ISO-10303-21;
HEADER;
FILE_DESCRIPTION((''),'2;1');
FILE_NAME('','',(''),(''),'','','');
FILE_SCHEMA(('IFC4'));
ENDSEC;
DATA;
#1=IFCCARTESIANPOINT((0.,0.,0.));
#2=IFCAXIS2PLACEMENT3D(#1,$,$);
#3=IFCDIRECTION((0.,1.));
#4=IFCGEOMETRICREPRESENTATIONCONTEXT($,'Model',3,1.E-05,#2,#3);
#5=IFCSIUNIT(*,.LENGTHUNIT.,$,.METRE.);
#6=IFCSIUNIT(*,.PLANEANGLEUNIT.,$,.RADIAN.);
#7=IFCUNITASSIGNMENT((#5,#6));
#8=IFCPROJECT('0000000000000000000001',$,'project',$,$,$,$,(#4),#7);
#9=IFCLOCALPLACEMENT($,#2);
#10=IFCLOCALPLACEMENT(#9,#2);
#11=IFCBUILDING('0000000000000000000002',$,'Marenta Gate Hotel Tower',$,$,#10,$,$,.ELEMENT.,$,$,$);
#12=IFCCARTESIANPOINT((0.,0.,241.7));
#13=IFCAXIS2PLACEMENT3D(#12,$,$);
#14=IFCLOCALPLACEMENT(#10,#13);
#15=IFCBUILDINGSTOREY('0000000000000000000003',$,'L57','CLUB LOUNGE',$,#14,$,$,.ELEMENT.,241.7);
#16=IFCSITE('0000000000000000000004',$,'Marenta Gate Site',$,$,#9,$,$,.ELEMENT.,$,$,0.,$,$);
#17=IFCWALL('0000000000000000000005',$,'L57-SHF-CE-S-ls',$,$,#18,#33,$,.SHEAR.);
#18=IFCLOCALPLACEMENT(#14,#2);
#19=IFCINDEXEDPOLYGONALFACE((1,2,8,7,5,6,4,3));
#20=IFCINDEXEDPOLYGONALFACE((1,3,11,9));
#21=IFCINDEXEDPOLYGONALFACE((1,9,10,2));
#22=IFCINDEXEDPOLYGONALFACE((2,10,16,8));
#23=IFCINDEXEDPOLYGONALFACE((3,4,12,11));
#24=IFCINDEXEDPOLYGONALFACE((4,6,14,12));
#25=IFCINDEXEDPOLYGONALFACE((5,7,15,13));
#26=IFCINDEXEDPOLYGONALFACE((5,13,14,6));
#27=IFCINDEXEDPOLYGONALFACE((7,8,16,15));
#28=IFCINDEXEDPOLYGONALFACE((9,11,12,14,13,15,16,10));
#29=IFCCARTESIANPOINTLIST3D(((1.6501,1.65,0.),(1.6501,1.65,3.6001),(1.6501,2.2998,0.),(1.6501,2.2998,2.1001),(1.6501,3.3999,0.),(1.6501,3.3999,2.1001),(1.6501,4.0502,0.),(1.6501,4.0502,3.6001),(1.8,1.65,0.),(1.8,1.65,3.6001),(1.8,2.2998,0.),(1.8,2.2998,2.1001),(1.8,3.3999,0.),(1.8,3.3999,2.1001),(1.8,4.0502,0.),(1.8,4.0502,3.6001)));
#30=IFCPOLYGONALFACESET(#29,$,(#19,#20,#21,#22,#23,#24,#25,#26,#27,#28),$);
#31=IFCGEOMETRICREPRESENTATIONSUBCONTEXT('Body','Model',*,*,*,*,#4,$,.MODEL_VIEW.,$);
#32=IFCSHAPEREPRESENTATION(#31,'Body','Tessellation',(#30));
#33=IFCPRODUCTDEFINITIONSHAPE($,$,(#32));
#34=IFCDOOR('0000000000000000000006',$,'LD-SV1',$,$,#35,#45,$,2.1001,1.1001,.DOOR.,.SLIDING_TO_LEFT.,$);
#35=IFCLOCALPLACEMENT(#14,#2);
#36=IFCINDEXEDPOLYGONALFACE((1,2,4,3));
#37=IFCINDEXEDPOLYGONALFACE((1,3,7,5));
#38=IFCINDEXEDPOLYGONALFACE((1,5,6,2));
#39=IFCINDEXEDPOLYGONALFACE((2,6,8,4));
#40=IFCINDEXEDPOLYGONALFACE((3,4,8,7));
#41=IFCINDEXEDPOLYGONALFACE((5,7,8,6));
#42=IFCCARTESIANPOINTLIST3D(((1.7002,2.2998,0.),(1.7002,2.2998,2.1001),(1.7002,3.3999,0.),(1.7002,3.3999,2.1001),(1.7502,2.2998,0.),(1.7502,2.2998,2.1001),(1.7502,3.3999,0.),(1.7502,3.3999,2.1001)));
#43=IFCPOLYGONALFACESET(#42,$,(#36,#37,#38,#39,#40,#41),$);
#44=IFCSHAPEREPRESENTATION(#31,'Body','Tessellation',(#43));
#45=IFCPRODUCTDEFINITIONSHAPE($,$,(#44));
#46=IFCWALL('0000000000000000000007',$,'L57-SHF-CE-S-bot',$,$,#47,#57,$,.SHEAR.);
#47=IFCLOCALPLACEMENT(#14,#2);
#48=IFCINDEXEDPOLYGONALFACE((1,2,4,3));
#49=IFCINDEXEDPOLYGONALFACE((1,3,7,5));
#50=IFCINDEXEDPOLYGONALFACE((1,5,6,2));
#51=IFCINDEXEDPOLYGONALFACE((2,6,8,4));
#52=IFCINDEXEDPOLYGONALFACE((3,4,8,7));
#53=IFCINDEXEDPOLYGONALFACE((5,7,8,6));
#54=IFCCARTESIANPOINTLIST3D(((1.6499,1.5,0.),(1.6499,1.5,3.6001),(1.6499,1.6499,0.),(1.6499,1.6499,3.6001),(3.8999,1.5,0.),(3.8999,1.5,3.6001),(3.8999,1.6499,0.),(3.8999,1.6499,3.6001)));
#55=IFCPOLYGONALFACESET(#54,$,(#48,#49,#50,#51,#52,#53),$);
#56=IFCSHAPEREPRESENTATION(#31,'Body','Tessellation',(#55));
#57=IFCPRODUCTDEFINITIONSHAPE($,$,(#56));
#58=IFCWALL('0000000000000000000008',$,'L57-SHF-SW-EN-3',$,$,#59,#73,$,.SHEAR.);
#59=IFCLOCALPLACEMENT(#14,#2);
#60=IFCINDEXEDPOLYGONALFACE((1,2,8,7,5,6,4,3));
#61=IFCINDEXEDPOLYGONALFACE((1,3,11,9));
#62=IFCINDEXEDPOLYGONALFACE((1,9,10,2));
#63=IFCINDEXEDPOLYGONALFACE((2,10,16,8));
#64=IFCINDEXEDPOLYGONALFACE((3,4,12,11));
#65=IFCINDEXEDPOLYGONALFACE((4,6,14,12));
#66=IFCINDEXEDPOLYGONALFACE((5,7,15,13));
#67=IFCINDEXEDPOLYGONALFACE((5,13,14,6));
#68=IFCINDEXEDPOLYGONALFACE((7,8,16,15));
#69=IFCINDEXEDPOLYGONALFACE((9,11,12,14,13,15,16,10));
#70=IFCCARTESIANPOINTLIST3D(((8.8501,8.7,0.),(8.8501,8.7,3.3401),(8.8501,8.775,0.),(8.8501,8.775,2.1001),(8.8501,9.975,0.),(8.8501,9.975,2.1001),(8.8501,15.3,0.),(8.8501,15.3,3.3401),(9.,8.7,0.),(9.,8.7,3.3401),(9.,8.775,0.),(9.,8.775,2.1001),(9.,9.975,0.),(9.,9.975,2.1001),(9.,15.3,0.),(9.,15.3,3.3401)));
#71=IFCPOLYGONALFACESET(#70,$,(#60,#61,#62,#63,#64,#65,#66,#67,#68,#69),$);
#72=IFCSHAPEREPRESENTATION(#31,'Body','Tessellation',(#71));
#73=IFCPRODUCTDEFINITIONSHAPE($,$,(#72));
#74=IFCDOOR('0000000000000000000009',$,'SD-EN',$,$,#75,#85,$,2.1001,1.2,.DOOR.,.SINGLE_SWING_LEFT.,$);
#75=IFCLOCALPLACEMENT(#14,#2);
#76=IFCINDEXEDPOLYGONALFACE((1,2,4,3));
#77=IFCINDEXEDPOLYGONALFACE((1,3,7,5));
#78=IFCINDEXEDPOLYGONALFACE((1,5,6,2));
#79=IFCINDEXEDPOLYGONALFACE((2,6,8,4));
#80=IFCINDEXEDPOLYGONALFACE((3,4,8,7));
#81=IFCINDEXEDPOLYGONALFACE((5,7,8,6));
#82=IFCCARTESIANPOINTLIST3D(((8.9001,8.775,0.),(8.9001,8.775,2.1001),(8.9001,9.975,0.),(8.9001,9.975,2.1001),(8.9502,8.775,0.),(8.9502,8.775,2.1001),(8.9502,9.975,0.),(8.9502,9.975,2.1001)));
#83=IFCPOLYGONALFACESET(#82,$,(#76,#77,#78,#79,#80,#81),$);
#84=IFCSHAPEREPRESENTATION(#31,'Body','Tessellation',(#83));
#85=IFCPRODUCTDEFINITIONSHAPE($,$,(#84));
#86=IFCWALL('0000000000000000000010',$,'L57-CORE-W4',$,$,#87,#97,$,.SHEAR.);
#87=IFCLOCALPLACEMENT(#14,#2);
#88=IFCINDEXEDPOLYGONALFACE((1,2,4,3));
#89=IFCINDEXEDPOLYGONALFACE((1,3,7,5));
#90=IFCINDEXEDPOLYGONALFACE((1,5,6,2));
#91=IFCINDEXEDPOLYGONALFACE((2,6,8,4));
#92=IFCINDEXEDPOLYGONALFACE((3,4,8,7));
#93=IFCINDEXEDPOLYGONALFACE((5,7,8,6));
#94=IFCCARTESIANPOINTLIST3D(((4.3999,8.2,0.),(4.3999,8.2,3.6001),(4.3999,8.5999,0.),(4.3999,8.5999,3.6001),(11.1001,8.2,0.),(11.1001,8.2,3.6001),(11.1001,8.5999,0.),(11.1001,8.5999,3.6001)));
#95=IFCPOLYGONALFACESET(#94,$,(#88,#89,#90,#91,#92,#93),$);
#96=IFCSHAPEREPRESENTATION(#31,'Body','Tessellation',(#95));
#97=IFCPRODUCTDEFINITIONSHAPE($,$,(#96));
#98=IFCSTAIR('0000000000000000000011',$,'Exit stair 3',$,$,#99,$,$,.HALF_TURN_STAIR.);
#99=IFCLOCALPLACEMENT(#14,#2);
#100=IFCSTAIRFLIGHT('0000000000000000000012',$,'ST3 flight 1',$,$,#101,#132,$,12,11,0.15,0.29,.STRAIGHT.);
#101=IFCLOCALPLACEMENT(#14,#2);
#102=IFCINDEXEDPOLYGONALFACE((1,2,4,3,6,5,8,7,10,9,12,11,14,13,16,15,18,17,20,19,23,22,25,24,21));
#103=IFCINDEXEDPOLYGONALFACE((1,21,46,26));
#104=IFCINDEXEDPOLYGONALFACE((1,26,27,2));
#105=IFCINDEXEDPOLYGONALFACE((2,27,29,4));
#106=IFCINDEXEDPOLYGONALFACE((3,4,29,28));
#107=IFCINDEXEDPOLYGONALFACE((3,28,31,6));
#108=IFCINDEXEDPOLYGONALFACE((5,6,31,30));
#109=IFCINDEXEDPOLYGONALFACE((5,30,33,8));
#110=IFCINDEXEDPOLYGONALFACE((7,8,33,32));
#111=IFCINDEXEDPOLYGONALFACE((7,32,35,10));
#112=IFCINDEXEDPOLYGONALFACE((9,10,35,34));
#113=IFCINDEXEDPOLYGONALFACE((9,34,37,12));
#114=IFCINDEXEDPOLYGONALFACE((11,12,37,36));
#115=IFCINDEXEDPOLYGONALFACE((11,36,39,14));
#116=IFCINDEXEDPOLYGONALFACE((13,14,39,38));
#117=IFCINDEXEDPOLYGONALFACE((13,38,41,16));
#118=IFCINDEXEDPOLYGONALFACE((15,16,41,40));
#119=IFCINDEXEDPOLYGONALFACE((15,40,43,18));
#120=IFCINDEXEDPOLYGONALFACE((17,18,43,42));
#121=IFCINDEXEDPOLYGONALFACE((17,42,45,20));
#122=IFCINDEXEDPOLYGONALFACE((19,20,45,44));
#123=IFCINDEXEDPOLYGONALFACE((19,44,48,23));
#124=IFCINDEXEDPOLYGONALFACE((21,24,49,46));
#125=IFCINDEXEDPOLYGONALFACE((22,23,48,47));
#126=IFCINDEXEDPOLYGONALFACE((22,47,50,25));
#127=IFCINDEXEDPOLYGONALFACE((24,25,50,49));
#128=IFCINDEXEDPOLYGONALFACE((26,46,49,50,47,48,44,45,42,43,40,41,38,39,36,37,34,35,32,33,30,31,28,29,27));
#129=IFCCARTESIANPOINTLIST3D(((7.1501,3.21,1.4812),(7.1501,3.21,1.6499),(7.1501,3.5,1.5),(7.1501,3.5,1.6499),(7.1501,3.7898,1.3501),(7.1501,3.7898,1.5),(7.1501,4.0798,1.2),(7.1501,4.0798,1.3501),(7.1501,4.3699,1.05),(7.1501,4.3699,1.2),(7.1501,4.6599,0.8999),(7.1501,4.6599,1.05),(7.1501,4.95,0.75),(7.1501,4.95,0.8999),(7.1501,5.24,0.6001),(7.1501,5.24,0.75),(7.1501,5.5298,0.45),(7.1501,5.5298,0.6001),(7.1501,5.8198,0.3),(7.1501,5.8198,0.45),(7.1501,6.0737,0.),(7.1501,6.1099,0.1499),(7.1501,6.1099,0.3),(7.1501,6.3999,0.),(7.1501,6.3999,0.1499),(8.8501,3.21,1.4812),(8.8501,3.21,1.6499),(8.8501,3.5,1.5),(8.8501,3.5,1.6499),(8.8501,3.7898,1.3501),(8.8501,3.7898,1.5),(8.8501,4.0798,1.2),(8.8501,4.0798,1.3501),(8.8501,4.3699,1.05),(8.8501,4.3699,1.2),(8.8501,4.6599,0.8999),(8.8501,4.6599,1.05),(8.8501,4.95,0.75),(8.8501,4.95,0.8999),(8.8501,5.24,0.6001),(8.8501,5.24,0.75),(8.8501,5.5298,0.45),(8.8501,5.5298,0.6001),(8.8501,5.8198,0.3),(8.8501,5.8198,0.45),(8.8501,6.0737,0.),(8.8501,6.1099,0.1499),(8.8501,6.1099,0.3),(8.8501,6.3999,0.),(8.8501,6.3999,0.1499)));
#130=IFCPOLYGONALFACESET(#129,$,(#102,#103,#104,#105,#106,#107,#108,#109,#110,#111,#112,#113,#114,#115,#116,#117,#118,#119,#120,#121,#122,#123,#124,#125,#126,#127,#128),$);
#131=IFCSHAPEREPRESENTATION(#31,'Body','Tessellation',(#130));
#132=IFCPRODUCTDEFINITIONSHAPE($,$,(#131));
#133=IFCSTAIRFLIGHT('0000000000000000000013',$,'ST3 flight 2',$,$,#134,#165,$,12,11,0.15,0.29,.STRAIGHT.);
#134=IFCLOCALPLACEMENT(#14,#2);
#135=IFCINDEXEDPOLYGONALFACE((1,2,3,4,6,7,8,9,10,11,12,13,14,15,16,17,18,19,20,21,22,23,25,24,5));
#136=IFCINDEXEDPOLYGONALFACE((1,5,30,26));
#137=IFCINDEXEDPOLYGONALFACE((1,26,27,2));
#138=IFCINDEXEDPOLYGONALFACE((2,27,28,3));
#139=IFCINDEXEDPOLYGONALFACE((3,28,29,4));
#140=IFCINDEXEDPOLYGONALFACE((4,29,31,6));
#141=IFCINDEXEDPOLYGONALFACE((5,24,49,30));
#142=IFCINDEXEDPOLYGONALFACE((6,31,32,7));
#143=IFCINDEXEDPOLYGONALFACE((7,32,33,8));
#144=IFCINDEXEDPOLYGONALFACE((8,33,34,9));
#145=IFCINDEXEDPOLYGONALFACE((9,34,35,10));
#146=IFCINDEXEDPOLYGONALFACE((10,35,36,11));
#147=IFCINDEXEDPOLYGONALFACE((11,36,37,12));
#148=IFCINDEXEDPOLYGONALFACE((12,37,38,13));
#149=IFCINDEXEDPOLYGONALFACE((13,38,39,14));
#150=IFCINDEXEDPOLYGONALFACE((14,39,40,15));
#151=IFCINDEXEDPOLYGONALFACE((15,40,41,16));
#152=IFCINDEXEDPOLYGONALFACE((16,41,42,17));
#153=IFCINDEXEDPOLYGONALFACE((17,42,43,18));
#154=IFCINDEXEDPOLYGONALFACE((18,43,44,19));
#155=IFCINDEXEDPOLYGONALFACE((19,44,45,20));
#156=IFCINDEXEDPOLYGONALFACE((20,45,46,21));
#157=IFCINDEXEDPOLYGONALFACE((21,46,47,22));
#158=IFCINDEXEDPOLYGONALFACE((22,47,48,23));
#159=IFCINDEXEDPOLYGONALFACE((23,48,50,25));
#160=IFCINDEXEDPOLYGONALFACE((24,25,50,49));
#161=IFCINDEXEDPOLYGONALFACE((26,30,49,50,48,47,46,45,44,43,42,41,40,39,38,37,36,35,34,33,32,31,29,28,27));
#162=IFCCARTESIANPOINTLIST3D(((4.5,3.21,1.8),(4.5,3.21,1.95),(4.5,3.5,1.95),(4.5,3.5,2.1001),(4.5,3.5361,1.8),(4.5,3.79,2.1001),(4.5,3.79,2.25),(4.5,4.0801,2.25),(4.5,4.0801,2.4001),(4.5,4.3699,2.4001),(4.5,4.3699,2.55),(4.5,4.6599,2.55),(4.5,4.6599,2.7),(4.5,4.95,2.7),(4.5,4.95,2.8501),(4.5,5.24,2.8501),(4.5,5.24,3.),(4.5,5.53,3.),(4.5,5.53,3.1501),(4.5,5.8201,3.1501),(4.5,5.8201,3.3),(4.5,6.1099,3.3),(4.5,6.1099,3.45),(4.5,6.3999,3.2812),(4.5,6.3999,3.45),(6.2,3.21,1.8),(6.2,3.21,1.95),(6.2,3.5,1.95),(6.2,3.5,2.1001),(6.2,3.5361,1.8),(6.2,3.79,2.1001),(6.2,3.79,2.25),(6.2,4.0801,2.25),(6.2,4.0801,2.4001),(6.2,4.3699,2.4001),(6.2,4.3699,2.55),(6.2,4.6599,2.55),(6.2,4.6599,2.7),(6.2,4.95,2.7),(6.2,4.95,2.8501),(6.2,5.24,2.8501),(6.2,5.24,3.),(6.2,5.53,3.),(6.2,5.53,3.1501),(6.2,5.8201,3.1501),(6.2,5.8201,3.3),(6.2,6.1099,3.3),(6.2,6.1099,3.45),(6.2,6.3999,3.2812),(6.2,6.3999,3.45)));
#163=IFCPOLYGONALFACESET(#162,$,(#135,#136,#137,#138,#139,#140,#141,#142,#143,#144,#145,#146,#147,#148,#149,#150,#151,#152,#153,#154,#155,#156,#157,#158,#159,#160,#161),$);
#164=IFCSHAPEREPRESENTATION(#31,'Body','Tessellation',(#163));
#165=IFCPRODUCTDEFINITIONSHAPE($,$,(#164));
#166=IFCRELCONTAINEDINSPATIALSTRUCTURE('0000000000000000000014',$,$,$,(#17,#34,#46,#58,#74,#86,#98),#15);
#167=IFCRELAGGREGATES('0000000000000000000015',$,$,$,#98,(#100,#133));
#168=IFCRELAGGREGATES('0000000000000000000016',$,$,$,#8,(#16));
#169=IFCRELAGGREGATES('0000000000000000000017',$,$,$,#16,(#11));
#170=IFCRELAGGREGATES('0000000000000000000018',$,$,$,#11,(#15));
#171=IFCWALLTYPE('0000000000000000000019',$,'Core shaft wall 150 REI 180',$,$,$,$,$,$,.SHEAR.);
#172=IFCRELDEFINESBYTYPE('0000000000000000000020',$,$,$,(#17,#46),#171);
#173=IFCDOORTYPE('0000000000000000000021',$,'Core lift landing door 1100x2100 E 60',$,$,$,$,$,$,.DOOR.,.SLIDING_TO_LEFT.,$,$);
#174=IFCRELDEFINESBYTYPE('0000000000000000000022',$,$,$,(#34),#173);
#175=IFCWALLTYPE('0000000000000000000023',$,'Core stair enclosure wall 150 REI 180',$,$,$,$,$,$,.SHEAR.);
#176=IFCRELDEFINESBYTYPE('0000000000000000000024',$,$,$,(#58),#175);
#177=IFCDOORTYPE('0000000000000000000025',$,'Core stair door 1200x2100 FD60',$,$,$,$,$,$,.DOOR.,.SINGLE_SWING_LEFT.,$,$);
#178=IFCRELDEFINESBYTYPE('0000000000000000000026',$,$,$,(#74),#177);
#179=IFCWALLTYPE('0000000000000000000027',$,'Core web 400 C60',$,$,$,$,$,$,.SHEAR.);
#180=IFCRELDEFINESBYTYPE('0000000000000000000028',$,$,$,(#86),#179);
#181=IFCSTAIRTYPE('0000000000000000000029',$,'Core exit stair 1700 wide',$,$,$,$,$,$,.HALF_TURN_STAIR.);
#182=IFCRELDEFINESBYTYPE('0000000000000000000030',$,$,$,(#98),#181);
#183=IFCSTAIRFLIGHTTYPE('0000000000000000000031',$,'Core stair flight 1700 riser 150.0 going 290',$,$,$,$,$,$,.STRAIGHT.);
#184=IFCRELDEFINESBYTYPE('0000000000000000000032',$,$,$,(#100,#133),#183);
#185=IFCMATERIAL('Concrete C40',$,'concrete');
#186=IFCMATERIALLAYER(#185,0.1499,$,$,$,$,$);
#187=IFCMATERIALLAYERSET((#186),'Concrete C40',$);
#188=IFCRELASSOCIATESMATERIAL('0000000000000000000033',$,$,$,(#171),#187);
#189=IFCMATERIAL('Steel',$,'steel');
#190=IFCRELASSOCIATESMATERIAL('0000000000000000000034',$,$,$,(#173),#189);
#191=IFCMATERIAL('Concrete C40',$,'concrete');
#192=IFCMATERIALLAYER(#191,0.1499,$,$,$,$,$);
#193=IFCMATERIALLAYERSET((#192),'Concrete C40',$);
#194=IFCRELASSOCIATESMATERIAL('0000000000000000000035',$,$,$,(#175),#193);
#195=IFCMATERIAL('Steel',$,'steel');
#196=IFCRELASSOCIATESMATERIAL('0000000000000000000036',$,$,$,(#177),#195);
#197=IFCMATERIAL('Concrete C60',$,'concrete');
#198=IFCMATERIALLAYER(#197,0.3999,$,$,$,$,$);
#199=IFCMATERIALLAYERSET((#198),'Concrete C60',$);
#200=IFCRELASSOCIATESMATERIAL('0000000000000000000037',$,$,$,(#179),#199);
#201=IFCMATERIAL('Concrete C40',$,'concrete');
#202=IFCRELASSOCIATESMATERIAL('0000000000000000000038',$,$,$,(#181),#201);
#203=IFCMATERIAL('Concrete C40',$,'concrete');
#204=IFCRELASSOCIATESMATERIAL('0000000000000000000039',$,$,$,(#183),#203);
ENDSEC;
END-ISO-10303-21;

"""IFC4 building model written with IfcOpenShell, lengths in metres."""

from ifc_helpers import new_model, si_unit, direction, frame, frame_2d, origin, place, context, subcontext, project, spatial, polyline, rectangle, outline, extrude, material, layer, layer_set, type_object, element, fill, aggregate, save


model = new_model("IFC4")

# Units and contexts
model_context = context("Model", 3, precision=1e-05, world=origin(), true_north=direction((0.0, 1.0)))
body_context = subcontext(model_context, "Body", "Model", "MODEL_VIEW")
ifc_project = project(units=[si_unit("LENGTHUNIT", "METRE"), si_unit("PLANEANGLEUNIT", "RADIAN")], contexts=[model_context])

# Site, building, storey
site_placement = place(None, origin())
site = spatial("IfcSite", under=ifc_project, at=site_placement, Name="Marenta Gate Site", CompositionType="ELEMENT", RefElevation=0.0)
building_placement = place(site_placement, origin())
building = spatial("IfcBuilding", under=site, at=building_placement, Name="Marenta Gate Hotel Tower", CompositionType="ELEMENT")
storey_placement = place(building_placement, frame((0.0, 0.0, 241.7)))
storey = spatial("IfcBuildingStorey", under=building, at=storey_placement, Name="L57", Description="CLUB LOUNGE", CompositionType="ELEMENT", Elevation=241.7)

# Shared definitions
ifc_material_1 = material(Name="Concrete C40", Category="concrete")
ifc_layer_1 = layer(ifc_material_1, 0.1499)
ifc_layer_set_1 = layer_set([ifc_layer_1], Name="Concrete C40")
wall_type_1 = type_object("IfcWallType", Name="Core shaft wall 150 REI 180", PredefinedType="SHEAR", material=ifc_layer_set_1)

# Wall, opening, door
wall_1_placement = place(storey_placement, frame((1.7251, 1.6499, 0.0), z_axis=(0.0, 0.0, 1.0), x_axis=(0.0, 1.0, 0.0)))
wall_1 = element("IfcWall", 1, at=wall_1_placement, inside=storey, type_object=wall_type_1, Name="L57-SHF-CE-S-ls", PredefinedType="SHEAR", context=body_context, shape_type="SweptSolid", body=[
    extrude(rectangle(XDim=2.4001, YDim=0.1499, at=frame_2d((1.2002, 0.0))), origin(), (0.0, 0.0, 1.0), 3.6001),
])
opening_1_placement = place(wall_1_placement, frame((0.6499, 0.0, 0.0)))
opening_1 = element("IfcOpeningElement", 2, at=opening_1_placement, cuts=wall_1, PredefinedType="OPENING", context=body_context, shape_type="SweptSolid", body=[
    extrude(rectangle(XDim=1.1001, YDim=2.1001, at=frame_2d((0.55, 1.05))), frame((0.0, 0.075, 0.0), z_axis=(0.0, -1.0, 0.0), x_axis=(1.0, 0.0, 0.0)), (0.0, 0.0, 1.0), 0.1499),
])
ifc_material_2 = material(Name="Steel", Category="steel")
door_type_1 = type_object("IfcDoorType", Name="Core lift landing door 1100x2100 E 60", OperationType="SLIDING_TO_LEFT", PredefinedType="DOOR", material=ifc_material_2)
door_1_placement = place(opening_1_placement, origin())
door_1 = element("IfcDoor", 3, at=door_1_placement, inside=storey, type_object=door_type_1, Name="LD-SV1", OperationType="SLIDING_TO_LEFT", OverallHeight=2.1001, OverallWidth=1.1001, PredefinedType="DOOR", context=body_context, shape_type="SweptSolid", body=[
    extrude(rectangle(XDim=1.1001, YDim=2.1001, at=frame_2d((0.55, 1.05))), frame((0.0, 0.0249, 0.0), z_axis=(0.0, -1.0, 0.0), x_axis=(1.0, 0.0, 0.0)), (0.0, 0.0, 1.0), 0.05),
])
fill(opening_1, door_1)

# Wall
wall_2_placement = place(storey_placement, frame((1.6499, 1.575, 0.0), z_axis=(0.0, 0.0, 1.0), x_axis=(1.0, 0.0, 0.0)))
element("IfcWall", 4, at=wall_2_placement, inside=storey, type_object=wall_type_1, Name="L57-SHF-CE-S-bot", PredefinedType="SHEAR", context=body_context, shape_type="SweptSolid", body=[
    extrude(rectangle(XDim=2.25, YDim=0.1499, at=frame_2d((1.125, 0.0))), origin(), (0.0, 0.0, 1.0), 3.6001),
])

# Wall, opening, door
ifc_material_3 = material(Name="Concrete C40", Category="concrete")
ifc_layer_2 = layer(ifc_material_3, 0.1499)
ifc_layer_set_2 = layer_set([ifc_layer_2], Name="Concrete C40")
wall_type_2 = type_object("IfcWallType", Name="Core stair enclosure wall 150 REI 180", PredefinedType="SHEAR", material=ifc_layer_set_2)
wall_3_placement = place(storey_placement, frame((8.925, 8.7, 0.0), z_axis=(0.0, 0.0, 1.0), x_axis=(0.0, 1.0, 0.0)))
wall_3 = element("IfcWall", 5, at=wall_3_placement, inside=storey, type_object=wall_type_2, Name="L57-SHF-SW-EN-3", PredefinedType="SHEAR", context=body_context, shape_type="SweptSolid", body=[
    extrude(rectangle(XDim=6.6001, YDim=0.1499, at=frame_2d((3.3, 0.0))), origin(), (0.0, 0.0, 1.0), 3.3401),
])
opening_2_placement = place(wall_3_placement, frame((0.075, 0.0, 0.0)))
opening_2 = element("IfcOpeningElement", 6, at=opening_2_placement, cuts=wall_3, PredefinedType="OPENING", context=body_context, shape_type="SweptSolid", body=[
    extrude(rectangle(XDim=1.2, YDim=2.1001, at=frame_2d((0.6001, 1.05))), frame((0.0, 0.075, 0.0), z_axis=(0.0, -1.0, 0.0), x_axis=(1.0, 0.0, 0.0)), (0.0, 0.0, 1.0), 0.1499),
])
ifc_material_4 = material(Name="Steel", Category="steel")
door_type_2 = type_object("IfcDoorType", Name="Core stair door 1200x2100 FD60", OperationType="SINGLE_SWING_LEFT", PredefinedType="DOOR", material=ifc_material_4)
door_2_placement = place(opening_2_placement, origin())
door_2 = element("IfcDoor", 7, at=door_2_placement, inside=storey, type_object=door_type_2, Name="SD-EN", OperationType="SINGLE_SWING_LEFT", OverallHeight=2.1001, OverallWidth=1.2, PredefinedType="DOOR", context=body_context, shape_type="SweptSolid", body=[
    extrude(rectangle(XDim=1.2, YDim=2.1001, at=frame_2d((0.6001, 1.05))), frame((0.0, 0.0249, 0.0), z_axis=(0.0, -1.0, 0.0), x_axis=(1.0, 0.0, 0.0)), (0.0, 0.0, 1.0), 0.05),
])
fill(opening_2, door_2)

# Wall
ifc_material_5 = material(Name="Concrete C60", Category="concrete")
ifc_layer_3 = layer(ifc_material_5, 0.3999)
ifc_layer_set_3 = layer_set([ifc_layer_3], Name="Concrete C60")
wall_type_3 = type_object("IfcWallType", Name="Core web 400 C60", PredefinedType="SHEAR", material=ifc_layer_set_3)
wall_4_placement = place(storey_placement, frame((4.3999, 8.3999, 0.0), z_axis=(0.0, 0.0, 1.0), x_axis=(1.0, 0.0, 0.0)))
element("IfcWall", 8, at=wall_4_placement, inside=storey, type_object=wall_type_3, Name="L57-CORE-W4", PredefinedType="SHEAR", context=body_context, shape_type="SweptSolid", body=[
    extrude(rectangle(XDim=6.7002, YDim=0.3999, at=frame_2d((3.3501, 0.0))), origin(), (0.0, 0.0, 1.0), 3.6001),
])

# Stair, stair flights
ifc_material_6 = material(Name="Concrete C40", Category="concrete")
stair_type = type_object("IfcStairType", Name="Core exit stair 1700 wide", PredefinedType="HALF_TURN_STAIR", material=ifc_material_6)
stair_placement = place(storey_placement, origin())
stair = element("IfcStair", 9, at=stair_placement, inside=storey, type_object=stair_type, Name="Exit stair 3", PredefinedType="HALF_TURN_STAIR")
ifc_material_7 = material(Name="Concrete C40", Category="concrete")
stair_flight_type = type_object("IfcStairFlightType", Name="Core stair flight 1700 riser 150.0 going 290", PredefinedType="STRAIGHT", material=ifc_material_7)
stair_flight_1_placement = place(storey_placement, frame((8.0, 6.3999, 0.0), z_axis=(0.0, 0.0, 1.0), x_axis=(0.0, -1.0, 0.0)))
stair_flight_1 = element("IfcStairFlight", 10, at=stair_flight_1_placement, type_object=stair_flight_type, Name="ST3 flight 1", NumberOfRisers=12, NumberOfTreads=11, PredefinedType="STRAIGHT", RiserHeight=0.15, TreadLength=0.29, context=body_context, shape_type="SweptSolid", body=[
    extrude(outline(polyline([(0.0, 0.0), (0.0, 0.1499), (0.29, 0.1499), (0.29, 0.3), (0.5801, 0.3), (0.5801, 0.45), (0.8701, 0.45), (0.8701, 0.6001), (1.1599, 0.6001), (1.1599, 0.75), (1.45, 0.75), (1.45, 0.8999), (1.74, 0.8999), (1.74, 1.05), (2.03, 1.05), (2.03, 1.2), (2.3201, 1.2), (2.3201, 1.3501), (2.6101, 1.3501), (2.6101, 1.5), (2.8999, 1.5), (2.8999, 1.6499), (3.1899, 1.6499), (3.1899, 1.8), (3.1899, 1.4812), (0.3262, 0.0), (0.0, 0.0)])), frame((0.0, 0.8501, 0.0), z_axis=(0.0, -1.0, 0.0), x_axis=(1.0, 0.0, 0.0)), (0.0, 0.0, 1.0), 1.7),
])
stair_flight_2_placement = place(storey_placement, frame((5.3501, 3.21, 1.8), z_axis=(0.0, 0.0, 1.0), x_axis=(0.0, 1.0, 0.0)))
stair_flight_2 = element("IfcStairFlight", 11, at=stair_flight_2_placement, type_object=stair_flight_type, Name="ST3 flight 2", NumberOfRisers=12, NumberOfTreads=11, PredefinedType="STRAIGHT", RiserHeight=0.15, TreadLength=0.29, context=body_context, shape_type="SweptSolid", body=[
    extrude(outline(polyline([(0.0, 0.0), (0.0, 0.1499), (0.29, 0.1499), (0.29, 0.3), (0.5801, 0.3), (0.5801, 0.45), (0.8701, 0.45), (0.8701, 0.6001), (1.1599, 0.6001), (1.1599, 0.75), (1.45, 0.75), (1.45, 0.8999), (1.74, 0.8999), (1.74, 1.05), (2.03, 1.05), (2.03, 1.2), (2.3201, 1.2), (2.3201, 1.3501), (2.6101, 1.3501), (2.6101, 1.5), (2.8999, 1.5), (2.8999, 1.6499), (3.1899, 1.6499), (3.1899, 1.8), (3.1899, 1.4812), (0.3262, 0.0), (0.0, 0.0)])), frame((0.0, 0.8501, 0.0), z_axis=(0.0, -1.0, 0.0), x_axis=(1.0, 0.0, 0.0)), (0.0, 0.0, 1.0), 1.7),
])
aggregate(stair, [stair_flight_1, stair_flight_2])

save(model, "model.ifc")
